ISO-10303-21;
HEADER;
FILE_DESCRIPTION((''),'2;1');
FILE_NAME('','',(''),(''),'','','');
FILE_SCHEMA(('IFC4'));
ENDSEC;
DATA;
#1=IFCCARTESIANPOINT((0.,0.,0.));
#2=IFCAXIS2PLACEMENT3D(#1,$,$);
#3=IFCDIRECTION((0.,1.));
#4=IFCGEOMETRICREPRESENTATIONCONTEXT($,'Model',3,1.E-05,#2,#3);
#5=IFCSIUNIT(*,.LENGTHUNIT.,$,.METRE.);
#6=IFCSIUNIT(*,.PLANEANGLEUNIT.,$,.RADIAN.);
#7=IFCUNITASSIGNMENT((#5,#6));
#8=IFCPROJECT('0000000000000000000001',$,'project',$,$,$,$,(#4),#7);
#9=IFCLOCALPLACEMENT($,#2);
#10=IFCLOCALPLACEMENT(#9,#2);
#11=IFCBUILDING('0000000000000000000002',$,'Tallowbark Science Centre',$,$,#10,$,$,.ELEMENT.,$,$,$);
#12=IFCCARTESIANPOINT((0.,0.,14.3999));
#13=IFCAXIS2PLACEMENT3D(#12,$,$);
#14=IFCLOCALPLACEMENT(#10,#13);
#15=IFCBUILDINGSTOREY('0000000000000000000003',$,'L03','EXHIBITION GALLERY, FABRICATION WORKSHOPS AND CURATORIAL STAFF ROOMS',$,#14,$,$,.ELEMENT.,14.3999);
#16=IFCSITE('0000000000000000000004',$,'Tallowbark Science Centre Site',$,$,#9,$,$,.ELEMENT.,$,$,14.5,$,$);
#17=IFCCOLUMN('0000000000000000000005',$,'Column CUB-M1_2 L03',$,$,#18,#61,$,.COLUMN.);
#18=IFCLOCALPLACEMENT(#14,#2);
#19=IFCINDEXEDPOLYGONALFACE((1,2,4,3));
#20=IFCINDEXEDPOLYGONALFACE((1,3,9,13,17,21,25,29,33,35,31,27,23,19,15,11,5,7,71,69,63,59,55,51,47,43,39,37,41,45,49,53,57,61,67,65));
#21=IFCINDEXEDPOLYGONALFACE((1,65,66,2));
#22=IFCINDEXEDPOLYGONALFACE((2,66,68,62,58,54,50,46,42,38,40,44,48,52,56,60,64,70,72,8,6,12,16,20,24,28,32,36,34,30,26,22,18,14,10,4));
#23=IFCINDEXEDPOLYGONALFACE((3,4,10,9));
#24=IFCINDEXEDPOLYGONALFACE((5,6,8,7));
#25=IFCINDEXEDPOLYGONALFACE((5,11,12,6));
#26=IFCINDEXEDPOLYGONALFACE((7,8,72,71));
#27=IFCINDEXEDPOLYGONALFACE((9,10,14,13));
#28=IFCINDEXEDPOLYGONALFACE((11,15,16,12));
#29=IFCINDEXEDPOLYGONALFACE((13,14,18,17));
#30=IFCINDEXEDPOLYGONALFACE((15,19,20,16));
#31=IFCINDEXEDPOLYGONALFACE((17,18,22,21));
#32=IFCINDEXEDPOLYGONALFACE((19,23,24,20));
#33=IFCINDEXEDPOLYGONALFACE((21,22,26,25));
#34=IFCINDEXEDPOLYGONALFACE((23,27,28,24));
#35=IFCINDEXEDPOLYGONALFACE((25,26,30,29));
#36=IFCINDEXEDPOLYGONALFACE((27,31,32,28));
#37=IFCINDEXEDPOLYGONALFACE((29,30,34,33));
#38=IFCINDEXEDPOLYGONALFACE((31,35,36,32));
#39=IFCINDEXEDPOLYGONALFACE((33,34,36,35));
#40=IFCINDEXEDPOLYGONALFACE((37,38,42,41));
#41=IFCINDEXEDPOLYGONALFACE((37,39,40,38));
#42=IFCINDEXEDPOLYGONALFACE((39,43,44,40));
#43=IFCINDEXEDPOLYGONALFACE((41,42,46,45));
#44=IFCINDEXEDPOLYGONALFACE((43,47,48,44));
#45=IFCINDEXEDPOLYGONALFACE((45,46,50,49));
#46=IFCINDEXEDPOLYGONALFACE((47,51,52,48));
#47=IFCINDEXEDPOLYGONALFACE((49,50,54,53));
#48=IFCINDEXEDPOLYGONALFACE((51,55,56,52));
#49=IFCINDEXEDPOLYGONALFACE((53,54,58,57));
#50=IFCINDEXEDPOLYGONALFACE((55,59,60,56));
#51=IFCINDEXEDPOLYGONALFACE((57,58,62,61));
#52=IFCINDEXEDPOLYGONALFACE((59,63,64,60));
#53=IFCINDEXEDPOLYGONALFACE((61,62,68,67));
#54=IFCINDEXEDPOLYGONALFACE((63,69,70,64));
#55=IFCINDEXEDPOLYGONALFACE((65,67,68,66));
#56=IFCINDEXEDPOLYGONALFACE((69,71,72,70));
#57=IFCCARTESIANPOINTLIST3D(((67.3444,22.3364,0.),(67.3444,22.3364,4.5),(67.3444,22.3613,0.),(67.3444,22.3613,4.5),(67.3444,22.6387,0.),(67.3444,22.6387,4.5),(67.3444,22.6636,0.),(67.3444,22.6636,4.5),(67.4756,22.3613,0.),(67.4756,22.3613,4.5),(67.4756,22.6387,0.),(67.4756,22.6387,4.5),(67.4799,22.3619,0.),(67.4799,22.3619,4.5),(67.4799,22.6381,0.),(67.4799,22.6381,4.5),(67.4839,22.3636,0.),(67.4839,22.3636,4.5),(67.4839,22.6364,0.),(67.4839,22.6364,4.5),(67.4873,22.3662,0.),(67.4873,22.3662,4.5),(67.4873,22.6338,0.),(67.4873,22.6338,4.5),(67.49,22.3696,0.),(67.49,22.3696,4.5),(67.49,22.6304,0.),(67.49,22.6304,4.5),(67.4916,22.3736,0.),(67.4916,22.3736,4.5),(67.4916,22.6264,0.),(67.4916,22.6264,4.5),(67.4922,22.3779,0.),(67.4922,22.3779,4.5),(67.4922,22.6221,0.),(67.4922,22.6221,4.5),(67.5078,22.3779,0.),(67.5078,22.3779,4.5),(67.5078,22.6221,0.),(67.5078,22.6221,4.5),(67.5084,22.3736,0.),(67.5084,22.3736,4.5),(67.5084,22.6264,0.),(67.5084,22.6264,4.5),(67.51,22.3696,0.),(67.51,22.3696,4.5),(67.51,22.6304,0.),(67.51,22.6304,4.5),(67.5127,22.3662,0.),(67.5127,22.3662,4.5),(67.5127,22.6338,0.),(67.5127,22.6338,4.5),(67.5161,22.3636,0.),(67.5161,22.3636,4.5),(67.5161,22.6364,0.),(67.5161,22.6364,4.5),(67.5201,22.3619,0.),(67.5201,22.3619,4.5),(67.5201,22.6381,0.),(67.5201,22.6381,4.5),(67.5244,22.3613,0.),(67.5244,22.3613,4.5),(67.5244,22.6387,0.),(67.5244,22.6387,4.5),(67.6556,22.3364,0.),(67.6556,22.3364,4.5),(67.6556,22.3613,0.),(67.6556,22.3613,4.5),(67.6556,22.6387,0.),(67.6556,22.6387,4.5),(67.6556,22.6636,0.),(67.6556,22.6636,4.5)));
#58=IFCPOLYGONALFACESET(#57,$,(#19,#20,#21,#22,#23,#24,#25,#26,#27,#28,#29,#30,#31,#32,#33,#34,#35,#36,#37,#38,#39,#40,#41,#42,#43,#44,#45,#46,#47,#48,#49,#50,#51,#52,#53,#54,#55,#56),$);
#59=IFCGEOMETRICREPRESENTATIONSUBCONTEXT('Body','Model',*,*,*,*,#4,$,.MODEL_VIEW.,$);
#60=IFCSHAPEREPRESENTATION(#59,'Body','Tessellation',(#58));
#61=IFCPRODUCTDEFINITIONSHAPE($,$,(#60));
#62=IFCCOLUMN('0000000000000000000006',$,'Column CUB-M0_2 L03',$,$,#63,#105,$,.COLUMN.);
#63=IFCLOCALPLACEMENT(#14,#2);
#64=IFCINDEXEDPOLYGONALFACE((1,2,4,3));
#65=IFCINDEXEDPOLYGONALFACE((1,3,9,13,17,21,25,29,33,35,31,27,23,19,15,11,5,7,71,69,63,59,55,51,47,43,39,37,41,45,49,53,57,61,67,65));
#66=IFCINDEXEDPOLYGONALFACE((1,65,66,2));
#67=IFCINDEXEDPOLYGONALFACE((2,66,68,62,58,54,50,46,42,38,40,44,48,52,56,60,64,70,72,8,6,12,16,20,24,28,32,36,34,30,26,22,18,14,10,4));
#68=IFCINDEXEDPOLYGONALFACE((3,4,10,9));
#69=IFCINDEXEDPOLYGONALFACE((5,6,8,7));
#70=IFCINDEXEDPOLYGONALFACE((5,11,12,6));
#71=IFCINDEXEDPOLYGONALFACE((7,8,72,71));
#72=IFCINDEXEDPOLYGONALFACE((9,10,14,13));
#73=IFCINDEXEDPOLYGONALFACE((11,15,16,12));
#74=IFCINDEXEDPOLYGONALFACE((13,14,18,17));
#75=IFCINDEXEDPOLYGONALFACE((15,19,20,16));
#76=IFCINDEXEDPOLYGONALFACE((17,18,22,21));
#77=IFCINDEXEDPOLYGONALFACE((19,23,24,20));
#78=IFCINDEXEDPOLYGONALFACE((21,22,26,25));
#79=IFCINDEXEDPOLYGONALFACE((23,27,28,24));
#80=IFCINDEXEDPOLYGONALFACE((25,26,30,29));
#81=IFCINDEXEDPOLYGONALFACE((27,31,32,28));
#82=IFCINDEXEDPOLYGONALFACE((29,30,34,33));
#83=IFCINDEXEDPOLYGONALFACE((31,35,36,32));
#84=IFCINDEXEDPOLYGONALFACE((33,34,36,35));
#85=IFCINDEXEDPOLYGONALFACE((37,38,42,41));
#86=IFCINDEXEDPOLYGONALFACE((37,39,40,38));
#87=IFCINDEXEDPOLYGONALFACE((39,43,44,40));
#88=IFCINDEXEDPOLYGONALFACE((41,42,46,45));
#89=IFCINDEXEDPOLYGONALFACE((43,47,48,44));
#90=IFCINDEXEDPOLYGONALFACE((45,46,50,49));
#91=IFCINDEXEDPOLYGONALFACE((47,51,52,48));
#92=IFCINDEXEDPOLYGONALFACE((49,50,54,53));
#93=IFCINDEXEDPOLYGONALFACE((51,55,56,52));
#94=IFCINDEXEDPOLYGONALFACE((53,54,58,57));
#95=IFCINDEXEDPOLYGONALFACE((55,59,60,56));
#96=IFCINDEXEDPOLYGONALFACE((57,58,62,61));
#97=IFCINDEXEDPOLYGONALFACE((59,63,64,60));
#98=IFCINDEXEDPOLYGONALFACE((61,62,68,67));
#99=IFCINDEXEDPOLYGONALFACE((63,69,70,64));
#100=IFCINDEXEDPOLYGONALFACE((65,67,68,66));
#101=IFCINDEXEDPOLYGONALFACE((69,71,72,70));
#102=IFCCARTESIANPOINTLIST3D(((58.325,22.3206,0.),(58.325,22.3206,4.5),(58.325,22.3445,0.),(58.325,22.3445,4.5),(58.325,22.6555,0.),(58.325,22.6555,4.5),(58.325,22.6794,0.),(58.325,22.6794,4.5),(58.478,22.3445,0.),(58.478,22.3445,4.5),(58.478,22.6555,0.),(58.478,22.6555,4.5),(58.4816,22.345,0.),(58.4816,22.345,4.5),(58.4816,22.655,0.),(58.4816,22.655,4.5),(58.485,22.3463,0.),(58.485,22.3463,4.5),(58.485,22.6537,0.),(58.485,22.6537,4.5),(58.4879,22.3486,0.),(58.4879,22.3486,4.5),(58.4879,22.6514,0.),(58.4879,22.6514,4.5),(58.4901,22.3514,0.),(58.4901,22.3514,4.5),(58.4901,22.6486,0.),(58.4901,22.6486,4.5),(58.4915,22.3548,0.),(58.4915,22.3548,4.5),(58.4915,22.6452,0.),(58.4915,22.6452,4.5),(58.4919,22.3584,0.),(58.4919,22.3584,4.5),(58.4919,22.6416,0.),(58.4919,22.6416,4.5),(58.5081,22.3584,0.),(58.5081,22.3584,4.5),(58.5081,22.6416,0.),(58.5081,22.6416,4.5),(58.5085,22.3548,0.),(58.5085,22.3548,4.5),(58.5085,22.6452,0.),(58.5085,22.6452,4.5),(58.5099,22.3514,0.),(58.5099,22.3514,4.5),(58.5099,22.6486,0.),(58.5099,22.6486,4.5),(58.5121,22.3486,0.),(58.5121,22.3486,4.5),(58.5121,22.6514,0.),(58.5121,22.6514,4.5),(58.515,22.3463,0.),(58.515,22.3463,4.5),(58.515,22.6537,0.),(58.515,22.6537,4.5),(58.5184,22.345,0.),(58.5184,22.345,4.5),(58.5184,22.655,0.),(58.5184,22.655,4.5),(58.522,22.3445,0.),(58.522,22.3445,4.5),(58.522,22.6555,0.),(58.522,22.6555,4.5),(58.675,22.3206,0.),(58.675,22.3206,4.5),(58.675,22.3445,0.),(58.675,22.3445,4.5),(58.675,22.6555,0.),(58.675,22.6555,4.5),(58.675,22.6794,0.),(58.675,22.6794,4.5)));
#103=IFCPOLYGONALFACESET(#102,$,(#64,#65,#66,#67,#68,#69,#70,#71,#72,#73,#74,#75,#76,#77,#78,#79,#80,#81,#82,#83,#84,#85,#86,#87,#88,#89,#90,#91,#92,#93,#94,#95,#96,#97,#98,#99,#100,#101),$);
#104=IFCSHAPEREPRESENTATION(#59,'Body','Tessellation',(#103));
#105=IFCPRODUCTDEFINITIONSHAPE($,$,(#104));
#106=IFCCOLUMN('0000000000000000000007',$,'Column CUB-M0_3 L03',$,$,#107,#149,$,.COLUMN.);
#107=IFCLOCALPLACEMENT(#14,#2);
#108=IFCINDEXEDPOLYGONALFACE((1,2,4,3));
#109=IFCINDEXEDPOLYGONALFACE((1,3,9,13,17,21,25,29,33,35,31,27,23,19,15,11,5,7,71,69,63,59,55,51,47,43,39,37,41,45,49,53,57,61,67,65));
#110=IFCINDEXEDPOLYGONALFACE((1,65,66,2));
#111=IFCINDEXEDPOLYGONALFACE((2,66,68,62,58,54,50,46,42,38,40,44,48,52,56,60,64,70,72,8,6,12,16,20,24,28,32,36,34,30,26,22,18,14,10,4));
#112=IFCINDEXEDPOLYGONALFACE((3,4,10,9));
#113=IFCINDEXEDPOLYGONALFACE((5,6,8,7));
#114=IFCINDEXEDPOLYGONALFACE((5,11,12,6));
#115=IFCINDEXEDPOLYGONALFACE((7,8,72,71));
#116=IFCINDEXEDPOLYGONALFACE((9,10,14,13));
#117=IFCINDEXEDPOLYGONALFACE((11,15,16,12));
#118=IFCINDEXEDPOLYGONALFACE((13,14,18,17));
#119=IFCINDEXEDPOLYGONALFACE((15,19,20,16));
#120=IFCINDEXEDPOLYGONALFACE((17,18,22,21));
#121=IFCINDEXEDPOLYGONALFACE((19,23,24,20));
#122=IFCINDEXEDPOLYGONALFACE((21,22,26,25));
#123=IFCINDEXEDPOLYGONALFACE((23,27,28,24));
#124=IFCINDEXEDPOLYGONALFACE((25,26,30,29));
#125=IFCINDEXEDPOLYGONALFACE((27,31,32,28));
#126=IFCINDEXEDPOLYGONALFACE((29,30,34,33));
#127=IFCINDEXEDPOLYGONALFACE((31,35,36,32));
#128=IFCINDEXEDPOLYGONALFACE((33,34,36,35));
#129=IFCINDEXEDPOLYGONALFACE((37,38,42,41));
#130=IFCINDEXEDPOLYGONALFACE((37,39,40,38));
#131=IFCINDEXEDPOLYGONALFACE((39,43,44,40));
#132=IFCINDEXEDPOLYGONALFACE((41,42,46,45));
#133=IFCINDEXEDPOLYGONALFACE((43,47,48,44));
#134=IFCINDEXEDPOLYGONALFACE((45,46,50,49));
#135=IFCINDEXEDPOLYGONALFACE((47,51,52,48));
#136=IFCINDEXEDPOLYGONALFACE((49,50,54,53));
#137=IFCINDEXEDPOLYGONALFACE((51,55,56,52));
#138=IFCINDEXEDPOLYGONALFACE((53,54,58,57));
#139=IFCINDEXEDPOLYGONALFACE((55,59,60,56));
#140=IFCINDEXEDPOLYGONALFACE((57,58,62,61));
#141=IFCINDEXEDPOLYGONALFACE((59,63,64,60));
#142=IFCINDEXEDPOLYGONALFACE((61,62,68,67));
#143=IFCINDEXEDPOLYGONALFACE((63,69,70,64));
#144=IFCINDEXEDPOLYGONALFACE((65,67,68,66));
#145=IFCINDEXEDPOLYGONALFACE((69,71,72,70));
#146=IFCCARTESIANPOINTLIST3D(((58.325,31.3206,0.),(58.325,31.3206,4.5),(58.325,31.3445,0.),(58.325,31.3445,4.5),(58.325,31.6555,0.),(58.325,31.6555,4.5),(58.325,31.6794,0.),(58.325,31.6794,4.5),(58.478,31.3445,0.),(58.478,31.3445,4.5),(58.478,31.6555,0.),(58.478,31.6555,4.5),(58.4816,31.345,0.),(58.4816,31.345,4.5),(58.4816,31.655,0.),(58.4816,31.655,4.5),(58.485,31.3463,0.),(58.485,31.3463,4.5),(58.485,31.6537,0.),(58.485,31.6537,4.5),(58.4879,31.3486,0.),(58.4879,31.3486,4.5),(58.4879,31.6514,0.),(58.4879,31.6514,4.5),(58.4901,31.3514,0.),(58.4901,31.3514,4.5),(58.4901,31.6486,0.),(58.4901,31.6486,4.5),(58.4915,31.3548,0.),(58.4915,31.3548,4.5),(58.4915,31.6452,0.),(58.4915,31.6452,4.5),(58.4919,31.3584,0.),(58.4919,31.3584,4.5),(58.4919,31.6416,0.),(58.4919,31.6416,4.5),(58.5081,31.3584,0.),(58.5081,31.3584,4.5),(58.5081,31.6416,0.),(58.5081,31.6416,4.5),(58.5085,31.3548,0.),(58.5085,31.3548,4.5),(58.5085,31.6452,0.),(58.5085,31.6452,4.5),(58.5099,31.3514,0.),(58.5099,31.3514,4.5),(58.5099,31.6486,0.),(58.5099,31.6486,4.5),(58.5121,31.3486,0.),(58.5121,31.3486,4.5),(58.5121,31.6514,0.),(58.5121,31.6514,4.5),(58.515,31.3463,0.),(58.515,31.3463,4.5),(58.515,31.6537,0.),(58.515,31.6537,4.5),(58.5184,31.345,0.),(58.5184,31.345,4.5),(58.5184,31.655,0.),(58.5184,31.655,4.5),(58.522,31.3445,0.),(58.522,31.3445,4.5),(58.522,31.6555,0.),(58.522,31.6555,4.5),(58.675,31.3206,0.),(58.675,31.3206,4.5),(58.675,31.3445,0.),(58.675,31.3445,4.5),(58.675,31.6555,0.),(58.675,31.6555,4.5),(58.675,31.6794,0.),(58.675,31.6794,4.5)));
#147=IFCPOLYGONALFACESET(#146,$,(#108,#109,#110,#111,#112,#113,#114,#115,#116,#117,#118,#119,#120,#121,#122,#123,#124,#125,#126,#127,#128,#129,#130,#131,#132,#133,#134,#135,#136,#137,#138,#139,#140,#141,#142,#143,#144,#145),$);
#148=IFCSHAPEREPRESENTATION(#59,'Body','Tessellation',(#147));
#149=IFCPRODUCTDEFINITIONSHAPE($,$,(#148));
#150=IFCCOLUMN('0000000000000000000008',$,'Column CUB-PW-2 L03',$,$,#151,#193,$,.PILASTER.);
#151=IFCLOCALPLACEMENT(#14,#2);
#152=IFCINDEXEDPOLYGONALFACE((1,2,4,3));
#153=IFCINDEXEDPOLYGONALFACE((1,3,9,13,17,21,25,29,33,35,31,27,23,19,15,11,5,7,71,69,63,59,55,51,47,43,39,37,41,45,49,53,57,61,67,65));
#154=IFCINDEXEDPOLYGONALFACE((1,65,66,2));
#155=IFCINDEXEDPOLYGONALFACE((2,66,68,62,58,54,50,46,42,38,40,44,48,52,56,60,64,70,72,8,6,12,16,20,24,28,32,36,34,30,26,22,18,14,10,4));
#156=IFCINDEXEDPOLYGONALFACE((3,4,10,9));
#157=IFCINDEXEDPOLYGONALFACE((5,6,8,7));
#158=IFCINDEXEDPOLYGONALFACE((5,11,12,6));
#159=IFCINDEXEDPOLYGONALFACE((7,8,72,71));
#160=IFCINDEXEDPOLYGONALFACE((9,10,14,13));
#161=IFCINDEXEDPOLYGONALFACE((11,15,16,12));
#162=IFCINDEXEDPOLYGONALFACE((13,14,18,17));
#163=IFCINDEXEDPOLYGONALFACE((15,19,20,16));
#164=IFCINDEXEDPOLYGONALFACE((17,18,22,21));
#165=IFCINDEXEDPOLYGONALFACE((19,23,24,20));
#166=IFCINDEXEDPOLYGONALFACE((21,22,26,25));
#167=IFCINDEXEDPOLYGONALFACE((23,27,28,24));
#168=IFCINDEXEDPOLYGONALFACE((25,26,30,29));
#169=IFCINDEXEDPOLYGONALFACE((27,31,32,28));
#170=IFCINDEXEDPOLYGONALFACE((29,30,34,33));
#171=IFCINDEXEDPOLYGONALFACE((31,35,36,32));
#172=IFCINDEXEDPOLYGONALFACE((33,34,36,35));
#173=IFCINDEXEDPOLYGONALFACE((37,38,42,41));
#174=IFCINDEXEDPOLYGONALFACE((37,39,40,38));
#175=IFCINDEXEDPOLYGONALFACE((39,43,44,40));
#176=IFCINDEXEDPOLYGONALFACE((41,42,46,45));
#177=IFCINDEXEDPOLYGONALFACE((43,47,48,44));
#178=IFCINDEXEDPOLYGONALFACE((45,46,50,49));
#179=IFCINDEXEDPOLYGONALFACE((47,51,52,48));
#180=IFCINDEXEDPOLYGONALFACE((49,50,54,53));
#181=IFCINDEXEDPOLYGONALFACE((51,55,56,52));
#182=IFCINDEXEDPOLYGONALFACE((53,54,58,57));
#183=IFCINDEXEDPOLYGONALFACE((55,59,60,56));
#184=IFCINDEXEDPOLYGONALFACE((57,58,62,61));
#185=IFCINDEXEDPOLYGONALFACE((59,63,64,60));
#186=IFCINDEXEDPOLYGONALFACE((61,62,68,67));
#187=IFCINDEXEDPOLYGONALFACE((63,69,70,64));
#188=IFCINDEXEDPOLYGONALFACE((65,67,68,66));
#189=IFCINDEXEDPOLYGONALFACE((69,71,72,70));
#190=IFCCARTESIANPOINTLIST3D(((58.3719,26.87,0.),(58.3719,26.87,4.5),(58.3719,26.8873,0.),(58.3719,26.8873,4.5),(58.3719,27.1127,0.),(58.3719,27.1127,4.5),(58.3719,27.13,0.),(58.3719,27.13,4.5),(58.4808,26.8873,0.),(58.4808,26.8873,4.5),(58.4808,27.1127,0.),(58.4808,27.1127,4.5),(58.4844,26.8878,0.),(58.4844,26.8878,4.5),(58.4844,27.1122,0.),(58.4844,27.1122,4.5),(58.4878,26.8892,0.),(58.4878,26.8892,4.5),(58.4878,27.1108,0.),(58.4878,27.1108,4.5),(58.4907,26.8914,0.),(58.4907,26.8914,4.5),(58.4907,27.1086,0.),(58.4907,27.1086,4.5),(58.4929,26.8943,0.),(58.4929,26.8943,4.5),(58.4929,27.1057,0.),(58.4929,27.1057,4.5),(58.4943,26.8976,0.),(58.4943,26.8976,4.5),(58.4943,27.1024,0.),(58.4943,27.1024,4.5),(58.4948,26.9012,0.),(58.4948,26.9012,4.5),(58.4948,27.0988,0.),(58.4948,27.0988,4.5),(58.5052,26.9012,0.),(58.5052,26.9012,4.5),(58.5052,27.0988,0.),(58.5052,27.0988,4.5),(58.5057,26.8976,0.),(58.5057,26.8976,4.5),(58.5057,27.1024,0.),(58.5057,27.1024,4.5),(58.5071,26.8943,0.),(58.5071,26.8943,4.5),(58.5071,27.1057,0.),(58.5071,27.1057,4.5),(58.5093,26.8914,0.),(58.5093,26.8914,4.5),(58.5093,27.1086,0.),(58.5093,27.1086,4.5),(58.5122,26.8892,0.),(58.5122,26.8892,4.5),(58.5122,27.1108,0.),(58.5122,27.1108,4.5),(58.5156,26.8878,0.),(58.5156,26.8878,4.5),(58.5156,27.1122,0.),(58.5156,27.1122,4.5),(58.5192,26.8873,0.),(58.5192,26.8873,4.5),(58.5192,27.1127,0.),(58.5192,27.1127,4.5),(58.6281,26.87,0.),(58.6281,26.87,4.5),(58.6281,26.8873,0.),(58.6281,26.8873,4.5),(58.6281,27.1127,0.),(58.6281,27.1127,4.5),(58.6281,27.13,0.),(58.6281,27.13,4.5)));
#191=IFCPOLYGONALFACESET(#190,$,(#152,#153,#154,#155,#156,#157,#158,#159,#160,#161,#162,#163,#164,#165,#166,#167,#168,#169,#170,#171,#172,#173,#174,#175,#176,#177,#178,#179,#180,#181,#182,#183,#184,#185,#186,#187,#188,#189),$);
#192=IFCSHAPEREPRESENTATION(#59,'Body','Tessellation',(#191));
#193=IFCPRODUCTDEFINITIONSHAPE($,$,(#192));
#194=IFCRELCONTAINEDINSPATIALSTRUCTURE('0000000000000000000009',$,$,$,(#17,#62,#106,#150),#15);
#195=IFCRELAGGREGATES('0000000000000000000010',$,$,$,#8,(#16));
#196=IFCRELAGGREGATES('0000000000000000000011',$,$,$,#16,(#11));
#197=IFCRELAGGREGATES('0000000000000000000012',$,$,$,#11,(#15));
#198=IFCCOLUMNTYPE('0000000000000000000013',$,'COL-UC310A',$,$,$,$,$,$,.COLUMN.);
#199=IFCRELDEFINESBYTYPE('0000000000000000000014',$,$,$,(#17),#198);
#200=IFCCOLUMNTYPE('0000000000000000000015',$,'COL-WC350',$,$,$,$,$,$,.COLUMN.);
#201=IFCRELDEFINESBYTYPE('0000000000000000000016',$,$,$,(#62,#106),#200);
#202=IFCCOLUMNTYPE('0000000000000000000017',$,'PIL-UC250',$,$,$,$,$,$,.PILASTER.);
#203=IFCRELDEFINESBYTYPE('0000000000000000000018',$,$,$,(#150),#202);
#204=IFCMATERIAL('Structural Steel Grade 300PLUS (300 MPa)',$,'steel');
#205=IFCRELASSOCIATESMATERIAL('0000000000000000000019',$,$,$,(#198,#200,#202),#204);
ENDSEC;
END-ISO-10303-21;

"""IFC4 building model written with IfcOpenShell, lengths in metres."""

from ifc_helpers import new_model, si_unit, direction, frame, origin, origin_2d, place, context, subcontext, project, spatial, i_section, extrude, material, material_profile, profile_set, type_object, element, save


model = new_model("IFC4")

# Units and contexts
model_context = context("Model", 3, precision=1e-05, world=origin(), true_north=direction((0.0, 1.0)))
body_context = subcontext(model_context, "Body", "Model", "MODEL_VIEW")
ifc_project = project(units=[si_unit("LENGTHUNIT", "METRE"), si_unit("PLANEANGLEUNIT", "RADIAN")], contexts=[model_context])

# Site, building, storey
site_placement = place(None, origin())
site = spatial("IfcSite", under=ifc_project, at=site_placement, Name="Tallowbark Science Centre Site", CompositionType="ELEMENT", RefElevation=14.5)
building_placement = place(site_placement, origin())
building = spatial("IfcBuilding", under=site, at=building_placement, Name="Tallowbark Science Centre", CompositionType="ELEMENT")
storey_placement = place(building_placement, frame((0.0, 0.0, 14.3999)))
storey = spatial("IfcBuildingStorey", under=building, at=storey_placement, Name="L03", Description="EXHIBITION GALLERY, FABRICATION WORKSHOPS AND CURATORIAL STAFF ROOMS", CompositionType="ELEMENT", Elevation=14.3999)

# Columns
ifc_material_1 = material(Name="Structural Steel Grade 300PLUS (300 MPa)", Category="steel")
ifc_material_profile_1 = material_profile(ifc_material_1, i_section(OverallWidth=0.3113, OverallDepth=0.3271, WebThickness=0.0156, FlangeThickness=0.0249, FilletRadius=0.0166, at=origin_2d()), Name="310UC158")
ifc_profile_set_1 = profile_set([ifc_material_profile_1], Name="Structural Steel Grade 300PLUS (300 MPa)")
column_type_1 = type_object("IfcColumnType", Name="COL-UC310A", PredefinedType="COLUMN", material=ifc_profile_set_1)
column_1_placement = place(storey_placement, frame((67.5, 22.5, 0.0), z_axis=(0.0, 0.0, 1.0), x_axis=(1.0, 0.0, 0.0)))
element("IfcColumn", 1, at=column_1_placement, inside=storey, type_object=column_type_1, Name="Column CUB-M1_2 L03", PredefinedType="COLUMN", context=body_context, shape_type="SweptSolid", body=[
    extrude(i_section(OverallWidth=0.3113, OverallDepth=0.3271, WebThickness=0.0156, FlangeThickness=0.0249, FilletRadius=0.0166, at=origin_2d()), origin(), (0.0, 0.0, 1.0), 4.5),
])
ifc_material_profile_2 = material_profile(ifc_material_1, i_section(OverallWidth=0.3501, OverallDepth=0.3589, WebThickness=0.0161, FlangeThickness=0.0239, FilletRadius=0.0139, at=origin_2d()), Name="350WC197")
ifc_profile_set_2 = profile_set([ifc_material_profile_2], Name="Structural Steel Grade 300PLUS (300 MPa)")
column_type_2 = type_object("IfcColumnType", Name="COL-WC350", PredefinedType="COLUMN", material=ifc_profile_set_2)
for number, where, z_axis, x_axis, name in (
    (2, (58.5, 22.5, 0.0), (0.0, 0.0, 1.0), (1.0, 0.0, 0.0), "Column CUB-M0_2 L03"),
    (3, (58.5, 31.5, 0.0), (0.0, 0.0, 1.0), (1.0, 0.0, 0.0), "Column CUB-M0_3 L03"),
):
    element("IfcColumn", number, at=place(storey_placement, frame(where, z_axis=z_axis, x_axis=x_axis)), inside=storey, type_object=column_type_2, Name=name, PredefinedType="COLUMN", context=body_context, shape_type="SweptSolid", body=[
        extrude(i_section(OverallWidth=0.3501, OverallDepth=0.3589, WebThickness=0.0161, FlangeThickness=0.0239, FilletRadius=0.0139, at=origin_2d()), origin(), (0.0, 0.0, 1.0), 4.5),
    ])
ifc_material_profile_3 = material_profile(ifc_material_1, i_section(OverallWidth=0.2561, OverallDepth=0.26, WebThickness=0.0105, FlangeThickness=0.0173, FilletRadius=0.0139, at=origin_2d()), Name="250UC89.5")
ifc_profile_set_3 = profile_set([ifc_material_profile_3], Name="Structural Steel Grade 300PLUS (300 MPa)")
column_type_3 = type_object("IfcColumnType", Name="PIL-UC250", PredefinedType="PILASTER", material=ifc_profile_set_3)
column_2_placement = place(storey_placement, frame((58.5, 27.0, 0.0), z_axis=(0.0, 0.0, 1.0), x_axis=(1.0, 0.0, 0.0)))
element("IfcColumn", 4, at=column_2_placement, inside=storey, type_object=column_type_3, Name="Column CUB-PW-2 L03", PredefinedType="PILASTER", context=body_context, shape_type="SweptSolid", body=[
    extrude(i_section(OverallWidth=0.2561, OverallDepth=0.26, WebThickness=0.0105, FlangeThickness=0.0173, FilletRadius=0.0139, at=origin_2d()), origin(), (0.0, 0.0, 1.0), 4.5),
])

save(model, "model.ifc")
